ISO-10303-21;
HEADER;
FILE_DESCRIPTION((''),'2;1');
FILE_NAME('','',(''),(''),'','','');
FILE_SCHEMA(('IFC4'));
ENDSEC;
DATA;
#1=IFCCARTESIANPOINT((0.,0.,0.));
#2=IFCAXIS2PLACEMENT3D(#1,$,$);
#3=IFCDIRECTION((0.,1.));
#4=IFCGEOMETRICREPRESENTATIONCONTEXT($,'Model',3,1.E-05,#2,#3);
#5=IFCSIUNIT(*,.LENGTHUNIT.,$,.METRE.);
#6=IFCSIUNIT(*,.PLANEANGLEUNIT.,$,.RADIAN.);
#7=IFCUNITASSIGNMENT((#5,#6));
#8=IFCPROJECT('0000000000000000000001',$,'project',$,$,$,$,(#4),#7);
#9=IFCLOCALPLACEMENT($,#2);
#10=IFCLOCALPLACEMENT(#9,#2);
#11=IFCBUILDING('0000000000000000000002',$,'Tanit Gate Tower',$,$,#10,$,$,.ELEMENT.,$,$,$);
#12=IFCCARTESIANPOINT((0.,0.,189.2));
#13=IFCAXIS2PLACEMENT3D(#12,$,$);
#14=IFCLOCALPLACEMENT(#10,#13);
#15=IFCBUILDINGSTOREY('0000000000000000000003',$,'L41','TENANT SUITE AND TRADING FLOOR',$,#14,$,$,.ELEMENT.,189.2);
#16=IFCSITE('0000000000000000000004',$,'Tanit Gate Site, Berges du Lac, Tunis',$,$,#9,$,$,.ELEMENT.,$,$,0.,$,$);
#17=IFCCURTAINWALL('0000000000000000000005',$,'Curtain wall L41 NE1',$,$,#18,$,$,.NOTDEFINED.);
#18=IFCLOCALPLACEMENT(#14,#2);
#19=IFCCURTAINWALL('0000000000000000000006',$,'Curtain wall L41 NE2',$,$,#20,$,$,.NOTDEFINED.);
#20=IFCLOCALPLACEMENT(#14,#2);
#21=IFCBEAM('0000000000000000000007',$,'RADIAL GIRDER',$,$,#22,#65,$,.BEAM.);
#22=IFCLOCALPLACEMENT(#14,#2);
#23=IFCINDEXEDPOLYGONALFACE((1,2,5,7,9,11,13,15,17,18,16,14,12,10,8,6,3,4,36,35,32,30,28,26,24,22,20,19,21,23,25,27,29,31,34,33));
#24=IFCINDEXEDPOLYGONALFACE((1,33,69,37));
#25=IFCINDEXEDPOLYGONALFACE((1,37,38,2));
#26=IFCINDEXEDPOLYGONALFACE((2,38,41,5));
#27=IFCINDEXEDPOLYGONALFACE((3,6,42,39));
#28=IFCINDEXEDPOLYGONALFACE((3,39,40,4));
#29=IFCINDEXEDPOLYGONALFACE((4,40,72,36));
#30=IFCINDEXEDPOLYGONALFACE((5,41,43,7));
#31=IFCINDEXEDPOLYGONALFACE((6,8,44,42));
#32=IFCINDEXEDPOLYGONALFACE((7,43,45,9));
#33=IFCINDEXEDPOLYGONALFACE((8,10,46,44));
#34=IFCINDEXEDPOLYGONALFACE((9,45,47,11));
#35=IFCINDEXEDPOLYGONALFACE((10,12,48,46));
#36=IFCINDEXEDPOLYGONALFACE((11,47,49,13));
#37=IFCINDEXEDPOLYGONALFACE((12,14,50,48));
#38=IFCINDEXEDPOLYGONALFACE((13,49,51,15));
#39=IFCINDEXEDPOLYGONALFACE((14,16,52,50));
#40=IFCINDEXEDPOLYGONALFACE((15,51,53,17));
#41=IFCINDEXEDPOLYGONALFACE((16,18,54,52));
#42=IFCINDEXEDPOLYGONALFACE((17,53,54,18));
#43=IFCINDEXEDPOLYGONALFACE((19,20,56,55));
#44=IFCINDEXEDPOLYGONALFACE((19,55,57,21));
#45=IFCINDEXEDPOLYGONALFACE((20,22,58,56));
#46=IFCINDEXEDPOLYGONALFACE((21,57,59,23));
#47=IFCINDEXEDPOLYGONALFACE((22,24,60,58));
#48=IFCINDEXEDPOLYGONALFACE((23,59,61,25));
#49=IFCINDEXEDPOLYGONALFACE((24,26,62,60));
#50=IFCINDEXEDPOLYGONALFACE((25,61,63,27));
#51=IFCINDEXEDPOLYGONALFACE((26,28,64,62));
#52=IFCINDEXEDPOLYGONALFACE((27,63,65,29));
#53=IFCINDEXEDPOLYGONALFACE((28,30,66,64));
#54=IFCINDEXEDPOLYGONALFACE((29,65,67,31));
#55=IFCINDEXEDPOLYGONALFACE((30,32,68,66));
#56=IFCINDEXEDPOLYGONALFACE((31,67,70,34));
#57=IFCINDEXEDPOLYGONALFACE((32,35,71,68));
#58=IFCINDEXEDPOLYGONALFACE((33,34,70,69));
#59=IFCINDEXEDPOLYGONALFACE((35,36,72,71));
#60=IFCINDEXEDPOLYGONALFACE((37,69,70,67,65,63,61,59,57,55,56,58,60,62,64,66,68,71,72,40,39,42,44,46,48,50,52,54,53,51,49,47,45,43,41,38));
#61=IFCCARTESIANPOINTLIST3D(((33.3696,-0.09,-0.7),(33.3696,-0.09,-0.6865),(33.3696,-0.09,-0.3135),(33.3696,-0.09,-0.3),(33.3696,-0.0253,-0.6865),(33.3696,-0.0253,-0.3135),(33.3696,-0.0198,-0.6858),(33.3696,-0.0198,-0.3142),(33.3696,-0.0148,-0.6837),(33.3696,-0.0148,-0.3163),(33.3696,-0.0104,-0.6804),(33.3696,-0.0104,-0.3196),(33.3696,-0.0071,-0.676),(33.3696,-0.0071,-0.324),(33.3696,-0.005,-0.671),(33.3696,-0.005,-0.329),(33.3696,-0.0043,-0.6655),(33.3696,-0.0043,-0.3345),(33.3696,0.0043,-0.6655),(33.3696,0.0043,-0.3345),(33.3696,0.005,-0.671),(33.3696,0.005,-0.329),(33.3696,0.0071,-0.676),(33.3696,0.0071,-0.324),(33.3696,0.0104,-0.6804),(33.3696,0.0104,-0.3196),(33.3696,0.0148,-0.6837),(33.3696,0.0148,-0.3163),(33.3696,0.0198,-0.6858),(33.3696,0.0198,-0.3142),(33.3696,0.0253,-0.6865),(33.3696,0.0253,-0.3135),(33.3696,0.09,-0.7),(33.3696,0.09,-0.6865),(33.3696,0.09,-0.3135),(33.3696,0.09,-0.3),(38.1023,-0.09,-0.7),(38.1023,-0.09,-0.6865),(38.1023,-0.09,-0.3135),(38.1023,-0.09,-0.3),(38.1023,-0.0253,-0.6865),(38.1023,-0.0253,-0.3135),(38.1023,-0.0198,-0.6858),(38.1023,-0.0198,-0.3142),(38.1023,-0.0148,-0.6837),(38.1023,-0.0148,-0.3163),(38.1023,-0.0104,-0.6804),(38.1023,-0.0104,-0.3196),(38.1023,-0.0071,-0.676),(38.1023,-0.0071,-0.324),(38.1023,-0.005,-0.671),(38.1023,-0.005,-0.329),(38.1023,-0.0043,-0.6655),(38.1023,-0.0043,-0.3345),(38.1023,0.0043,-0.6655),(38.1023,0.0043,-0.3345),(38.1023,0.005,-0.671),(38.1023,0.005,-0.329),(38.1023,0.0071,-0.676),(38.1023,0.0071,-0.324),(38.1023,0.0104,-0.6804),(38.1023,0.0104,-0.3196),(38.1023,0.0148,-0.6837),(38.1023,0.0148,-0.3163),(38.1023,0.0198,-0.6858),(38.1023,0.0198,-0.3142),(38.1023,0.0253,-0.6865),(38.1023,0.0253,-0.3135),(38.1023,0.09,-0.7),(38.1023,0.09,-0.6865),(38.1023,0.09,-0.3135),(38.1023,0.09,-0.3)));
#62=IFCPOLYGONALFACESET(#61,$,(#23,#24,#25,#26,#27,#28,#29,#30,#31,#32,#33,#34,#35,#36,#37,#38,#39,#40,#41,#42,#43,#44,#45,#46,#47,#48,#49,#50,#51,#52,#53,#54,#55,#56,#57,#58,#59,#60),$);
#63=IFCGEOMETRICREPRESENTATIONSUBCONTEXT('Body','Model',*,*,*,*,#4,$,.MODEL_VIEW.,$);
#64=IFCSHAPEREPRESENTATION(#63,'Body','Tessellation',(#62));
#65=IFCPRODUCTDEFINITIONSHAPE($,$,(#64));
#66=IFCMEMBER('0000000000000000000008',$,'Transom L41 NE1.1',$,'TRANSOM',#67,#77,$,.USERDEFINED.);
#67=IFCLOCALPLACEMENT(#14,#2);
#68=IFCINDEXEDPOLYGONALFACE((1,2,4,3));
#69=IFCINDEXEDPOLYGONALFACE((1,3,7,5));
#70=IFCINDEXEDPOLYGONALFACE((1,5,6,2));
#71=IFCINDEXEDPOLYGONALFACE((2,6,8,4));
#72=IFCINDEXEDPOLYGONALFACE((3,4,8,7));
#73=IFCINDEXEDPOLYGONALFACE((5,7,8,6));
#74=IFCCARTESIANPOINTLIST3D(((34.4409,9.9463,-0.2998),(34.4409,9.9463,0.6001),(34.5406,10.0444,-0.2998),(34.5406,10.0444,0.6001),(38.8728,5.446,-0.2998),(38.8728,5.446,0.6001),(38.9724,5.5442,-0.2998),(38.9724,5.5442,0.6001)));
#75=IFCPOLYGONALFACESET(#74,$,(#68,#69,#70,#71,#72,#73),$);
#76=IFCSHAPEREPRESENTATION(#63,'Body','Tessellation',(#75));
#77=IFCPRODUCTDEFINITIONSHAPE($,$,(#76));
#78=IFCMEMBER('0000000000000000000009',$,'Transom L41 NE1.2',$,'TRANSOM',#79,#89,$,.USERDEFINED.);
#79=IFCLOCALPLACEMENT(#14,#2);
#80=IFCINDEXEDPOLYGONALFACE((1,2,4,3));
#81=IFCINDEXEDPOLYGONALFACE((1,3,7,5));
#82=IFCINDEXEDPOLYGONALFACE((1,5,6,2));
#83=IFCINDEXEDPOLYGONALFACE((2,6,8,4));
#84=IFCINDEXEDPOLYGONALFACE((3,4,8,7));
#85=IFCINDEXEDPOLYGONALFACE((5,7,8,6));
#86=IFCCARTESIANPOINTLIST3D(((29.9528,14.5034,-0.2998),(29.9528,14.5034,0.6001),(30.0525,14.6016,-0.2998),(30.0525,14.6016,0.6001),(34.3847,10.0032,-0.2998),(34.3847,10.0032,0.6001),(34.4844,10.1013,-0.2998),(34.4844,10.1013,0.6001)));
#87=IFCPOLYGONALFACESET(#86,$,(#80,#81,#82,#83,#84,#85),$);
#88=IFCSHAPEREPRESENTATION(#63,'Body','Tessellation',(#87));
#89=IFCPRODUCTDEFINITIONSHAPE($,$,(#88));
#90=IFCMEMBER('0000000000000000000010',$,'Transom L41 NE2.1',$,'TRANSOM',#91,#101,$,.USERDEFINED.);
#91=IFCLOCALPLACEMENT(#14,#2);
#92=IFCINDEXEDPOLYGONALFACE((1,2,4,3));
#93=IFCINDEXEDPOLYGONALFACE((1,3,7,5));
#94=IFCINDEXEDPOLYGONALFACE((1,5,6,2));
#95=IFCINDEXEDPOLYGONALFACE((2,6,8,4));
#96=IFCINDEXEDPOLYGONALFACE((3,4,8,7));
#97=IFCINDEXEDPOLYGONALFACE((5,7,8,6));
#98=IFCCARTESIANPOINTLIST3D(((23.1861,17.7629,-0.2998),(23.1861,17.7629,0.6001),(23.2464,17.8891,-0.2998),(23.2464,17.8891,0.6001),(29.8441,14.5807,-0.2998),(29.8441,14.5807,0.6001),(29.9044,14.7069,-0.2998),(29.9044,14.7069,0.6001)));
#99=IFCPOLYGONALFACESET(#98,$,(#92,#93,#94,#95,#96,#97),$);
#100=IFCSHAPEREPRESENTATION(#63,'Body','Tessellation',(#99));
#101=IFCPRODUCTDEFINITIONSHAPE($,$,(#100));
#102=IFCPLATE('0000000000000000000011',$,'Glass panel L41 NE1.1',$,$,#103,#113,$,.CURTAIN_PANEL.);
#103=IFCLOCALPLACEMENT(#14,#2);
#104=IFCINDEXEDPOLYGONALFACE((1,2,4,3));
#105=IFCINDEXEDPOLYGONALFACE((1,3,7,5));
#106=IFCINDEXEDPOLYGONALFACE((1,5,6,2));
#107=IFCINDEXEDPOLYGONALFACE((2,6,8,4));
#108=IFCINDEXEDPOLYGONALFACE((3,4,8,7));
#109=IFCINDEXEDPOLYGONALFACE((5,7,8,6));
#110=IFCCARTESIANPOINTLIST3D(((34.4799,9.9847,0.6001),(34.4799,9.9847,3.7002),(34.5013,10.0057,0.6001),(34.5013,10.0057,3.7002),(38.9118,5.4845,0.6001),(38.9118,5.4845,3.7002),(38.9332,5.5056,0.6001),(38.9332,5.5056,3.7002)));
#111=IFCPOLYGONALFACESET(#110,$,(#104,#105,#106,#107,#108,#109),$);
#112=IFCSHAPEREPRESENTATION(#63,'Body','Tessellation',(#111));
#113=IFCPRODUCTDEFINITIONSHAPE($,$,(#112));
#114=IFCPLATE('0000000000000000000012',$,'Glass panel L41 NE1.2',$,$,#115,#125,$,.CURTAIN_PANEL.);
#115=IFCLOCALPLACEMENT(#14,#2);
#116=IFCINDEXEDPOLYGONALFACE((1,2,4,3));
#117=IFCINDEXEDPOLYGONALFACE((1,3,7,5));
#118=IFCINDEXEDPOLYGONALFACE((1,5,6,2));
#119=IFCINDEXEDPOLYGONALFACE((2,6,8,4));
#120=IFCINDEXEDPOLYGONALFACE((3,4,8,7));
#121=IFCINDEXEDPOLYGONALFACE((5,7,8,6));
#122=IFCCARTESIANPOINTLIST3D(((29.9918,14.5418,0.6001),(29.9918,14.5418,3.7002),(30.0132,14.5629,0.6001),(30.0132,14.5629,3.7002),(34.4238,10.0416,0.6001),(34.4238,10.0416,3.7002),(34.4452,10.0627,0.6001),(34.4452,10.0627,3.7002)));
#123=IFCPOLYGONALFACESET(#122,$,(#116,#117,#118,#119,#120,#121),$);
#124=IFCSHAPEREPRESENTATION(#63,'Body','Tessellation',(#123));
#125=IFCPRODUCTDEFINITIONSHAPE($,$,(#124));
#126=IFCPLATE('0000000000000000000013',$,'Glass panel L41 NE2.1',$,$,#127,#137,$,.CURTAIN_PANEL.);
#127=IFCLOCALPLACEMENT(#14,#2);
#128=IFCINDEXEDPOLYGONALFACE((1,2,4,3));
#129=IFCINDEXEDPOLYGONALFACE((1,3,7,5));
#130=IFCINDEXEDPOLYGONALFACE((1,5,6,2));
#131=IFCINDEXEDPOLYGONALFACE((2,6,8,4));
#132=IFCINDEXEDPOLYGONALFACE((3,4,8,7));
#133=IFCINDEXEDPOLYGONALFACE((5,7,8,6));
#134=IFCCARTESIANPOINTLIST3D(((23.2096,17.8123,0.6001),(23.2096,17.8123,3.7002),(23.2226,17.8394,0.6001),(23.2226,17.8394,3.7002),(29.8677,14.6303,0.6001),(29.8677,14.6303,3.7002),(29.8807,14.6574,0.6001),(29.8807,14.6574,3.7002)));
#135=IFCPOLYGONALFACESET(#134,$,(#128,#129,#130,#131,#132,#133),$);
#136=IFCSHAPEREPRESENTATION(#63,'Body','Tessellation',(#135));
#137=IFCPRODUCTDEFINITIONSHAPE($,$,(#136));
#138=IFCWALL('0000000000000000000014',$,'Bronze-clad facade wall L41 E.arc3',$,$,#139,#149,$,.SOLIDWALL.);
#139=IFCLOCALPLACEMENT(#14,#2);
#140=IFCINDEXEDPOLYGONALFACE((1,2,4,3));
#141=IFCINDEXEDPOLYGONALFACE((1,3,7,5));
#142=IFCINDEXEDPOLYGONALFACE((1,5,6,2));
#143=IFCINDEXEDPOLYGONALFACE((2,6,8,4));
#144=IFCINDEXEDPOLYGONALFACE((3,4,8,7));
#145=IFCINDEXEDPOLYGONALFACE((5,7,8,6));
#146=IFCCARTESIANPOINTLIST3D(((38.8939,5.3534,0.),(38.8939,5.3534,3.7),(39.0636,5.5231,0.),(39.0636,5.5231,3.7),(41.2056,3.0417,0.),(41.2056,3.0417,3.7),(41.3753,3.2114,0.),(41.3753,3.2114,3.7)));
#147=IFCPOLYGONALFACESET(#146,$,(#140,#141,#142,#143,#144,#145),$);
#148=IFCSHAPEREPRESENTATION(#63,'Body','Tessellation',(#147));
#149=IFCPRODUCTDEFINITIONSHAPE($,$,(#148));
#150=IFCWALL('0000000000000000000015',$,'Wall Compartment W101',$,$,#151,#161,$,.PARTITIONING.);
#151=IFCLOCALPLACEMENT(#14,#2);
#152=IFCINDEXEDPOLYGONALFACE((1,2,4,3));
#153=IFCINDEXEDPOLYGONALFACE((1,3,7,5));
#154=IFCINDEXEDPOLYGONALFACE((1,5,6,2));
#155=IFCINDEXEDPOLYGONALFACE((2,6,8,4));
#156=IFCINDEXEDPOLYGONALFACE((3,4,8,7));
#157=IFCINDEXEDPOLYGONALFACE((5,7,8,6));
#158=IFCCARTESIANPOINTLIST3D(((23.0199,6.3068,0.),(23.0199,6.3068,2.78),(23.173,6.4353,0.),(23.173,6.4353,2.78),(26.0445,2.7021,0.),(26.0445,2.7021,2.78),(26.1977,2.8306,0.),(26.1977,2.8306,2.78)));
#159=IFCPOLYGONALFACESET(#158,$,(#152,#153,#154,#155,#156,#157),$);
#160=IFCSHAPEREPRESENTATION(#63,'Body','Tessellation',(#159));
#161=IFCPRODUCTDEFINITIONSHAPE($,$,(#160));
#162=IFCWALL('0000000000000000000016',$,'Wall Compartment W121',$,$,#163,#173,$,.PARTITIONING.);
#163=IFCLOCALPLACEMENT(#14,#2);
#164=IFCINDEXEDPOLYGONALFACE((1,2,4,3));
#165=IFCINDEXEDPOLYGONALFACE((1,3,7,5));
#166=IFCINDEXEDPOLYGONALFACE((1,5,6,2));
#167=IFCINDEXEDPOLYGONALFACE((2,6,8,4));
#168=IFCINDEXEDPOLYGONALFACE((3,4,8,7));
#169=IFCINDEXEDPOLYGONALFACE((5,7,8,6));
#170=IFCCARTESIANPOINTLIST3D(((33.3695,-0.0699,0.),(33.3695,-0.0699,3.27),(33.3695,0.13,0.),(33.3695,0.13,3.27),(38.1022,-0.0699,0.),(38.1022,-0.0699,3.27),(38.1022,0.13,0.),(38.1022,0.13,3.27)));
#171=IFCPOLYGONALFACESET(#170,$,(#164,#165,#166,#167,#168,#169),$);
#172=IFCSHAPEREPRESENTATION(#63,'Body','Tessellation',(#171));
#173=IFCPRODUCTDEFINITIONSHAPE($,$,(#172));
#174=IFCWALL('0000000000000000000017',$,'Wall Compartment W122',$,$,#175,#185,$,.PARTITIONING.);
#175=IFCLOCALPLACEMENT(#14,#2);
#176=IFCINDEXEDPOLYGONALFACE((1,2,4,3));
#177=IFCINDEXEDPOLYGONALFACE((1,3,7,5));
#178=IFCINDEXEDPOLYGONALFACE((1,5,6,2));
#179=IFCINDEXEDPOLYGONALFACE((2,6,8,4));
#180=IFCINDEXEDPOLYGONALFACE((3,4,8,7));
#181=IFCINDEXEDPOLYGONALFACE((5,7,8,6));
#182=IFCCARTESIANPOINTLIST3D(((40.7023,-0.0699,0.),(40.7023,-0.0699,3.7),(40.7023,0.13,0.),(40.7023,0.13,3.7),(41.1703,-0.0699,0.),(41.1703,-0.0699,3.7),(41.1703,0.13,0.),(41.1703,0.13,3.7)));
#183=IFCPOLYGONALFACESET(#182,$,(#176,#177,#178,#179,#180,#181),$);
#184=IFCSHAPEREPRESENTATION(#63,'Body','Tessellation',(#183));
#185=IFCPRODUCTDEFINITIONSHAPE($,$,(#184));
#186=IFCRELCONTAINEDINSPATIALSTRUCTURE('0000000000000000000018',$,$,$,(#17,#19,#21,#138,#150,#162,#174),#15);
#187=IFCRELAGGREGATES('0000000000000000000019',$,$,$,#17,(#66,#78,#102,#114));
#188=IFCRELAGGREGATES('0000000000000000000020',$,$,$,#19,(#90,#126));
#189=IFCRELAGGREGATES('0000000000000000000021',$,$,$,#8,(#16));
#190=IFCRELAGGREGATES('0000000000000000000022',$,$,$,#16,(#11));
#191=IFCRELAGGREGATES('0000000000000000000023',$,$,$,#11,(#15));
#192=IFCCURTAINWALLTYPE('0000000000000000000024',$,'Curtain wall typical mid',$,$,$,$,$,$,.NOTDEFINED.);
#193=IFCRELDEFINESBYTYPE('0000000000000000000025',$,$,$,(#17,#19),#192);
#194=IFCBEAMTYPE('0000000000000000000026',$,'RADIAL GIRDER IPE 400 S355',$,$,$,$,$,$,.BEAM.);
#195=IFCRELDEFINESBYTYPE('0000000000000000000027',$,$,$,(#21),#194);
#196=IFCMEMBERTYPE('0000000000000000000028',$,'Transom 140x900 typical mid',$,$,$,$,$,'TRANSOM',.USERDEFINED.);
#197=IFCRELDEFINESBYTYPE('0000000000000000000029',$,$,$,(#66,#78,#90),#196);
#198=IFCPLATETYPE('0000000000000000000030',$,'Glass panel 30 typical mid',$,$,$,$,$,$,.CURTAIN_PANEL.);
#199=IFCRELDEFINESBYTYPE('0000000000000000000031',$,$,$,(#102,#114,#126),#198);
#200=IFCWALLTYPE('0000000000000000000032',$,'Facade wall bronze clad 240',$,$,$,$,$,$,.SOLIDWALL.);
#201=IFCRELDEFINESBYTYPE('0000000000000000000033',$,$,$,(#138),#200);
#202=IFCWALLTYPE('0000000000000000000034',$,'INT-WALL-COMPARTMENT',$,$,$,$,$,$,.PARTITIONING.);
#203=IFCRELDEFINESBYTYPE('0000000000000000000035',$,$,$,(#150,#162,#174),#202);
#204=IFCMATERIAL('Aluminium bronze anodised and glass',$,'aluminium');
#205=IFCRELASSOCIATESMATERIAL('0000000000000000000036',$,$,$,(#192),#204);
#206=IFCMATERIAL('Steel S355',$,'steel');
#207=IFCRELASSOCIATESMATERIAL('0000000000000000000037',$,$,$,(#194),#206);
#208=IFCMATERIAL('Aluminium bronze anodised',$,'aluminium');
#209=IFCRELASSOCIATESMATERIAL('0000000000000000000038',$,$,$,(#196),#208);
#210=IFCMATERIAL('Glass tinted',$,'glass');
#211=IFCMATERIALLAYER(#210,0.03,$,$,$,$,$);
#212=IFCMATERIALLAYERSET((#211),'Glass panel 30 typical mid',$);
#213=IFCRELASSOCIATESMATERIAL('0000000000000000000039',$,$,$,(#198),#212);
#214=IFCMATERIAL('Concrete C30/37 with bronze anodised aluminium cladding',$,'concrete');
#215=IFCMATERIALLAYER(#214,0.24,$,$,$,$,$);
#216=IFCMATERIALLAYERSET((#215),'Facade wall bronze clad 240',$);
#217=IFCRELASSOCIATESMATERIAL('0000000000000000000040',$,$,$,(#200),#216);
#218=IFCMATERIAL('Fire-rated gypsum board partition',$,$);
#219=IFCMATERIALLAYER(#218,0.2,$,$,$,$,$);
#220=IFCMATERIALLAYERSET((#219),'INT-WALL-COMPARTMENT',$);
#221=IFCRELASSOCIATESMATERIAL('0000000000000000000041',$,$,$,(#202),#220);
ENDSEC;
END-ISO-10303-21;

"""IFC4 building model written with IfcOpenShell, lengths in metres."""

from ifc_helpers import new_model, si_unit, direction, frame, frame_2d, origin, origin_2d, place, context, subcontext, project, spatial, rectangle, i_section, extrude, material, layer, layer_set, material_profile, profile_set, type_object, element, aggregate, save


model = new_model("IFC4")

# Units and contexts
model_context = context("Model", 3, precision=1e-05, world=origin(), true_north=direction((0.0, 1.0)))
body_context = subcontext(model_context, "Body", "Model", "MODEL_VIEW")
ifc_project = project(units=[si_unit("LENGTHUNIT", "METRE"), si_unit("PLANEANGLEUNIT", "RADIAN")], contexts=[model_context])

# Site, building, storey
site_placement = place(None, origin())
site = spatial("IfcSite", under=ifc_project, at=site_placement, Name="Tanit Gate Site, Berges du Lac, Tunis", CompositionType="ELEMENT", RefElevation=0.0)
building_placement = place(site_placement, origin())
building = spatial("IfcBuilding", under=site, at=building_placement, Name="Tanit Gate Tower", CompositionType="ELEMENT")
storey_placement = place(building_placement, frame((0.0, 0.0, 189.2)))
storey = spatial("IfcBuildingStorey", under=building, at=storey_placement, Name="L41", Description="TENANT SUITE AND TRADING FLOOR", CompositionType="ELEMENT", Elevation=189.2)

# Curtain walls
ifc_material_1 = material(Name="Aluminium bronze anodised and glass", Category="aluminium")
curtain_wall_type = type_object("IfcCurtainWallType", Name="Curtain wall typical mid", PredefinedType="NOTDEFINED", material=ifc_material_1)
curtain_wall_1_placement = place(storey_placement, origin())
curtain_wall_1 = element("IfcCurtainWall", 1, at=curtain_wall_1_placement, inside=storey, type_object=curtain_wall_type, Name="Curtain wall L41 NE1", PredefinedType="NOTDEFINED")
curtain_wall_2_placement = place(storey_placement, origin())
curtain_wall_2 = element("IfcCurtainWall", 2, at=curtain_wall_2_placement, inside=storey, type_object=curtain_wall_type, Name="Curtain wall L41 NE2", PredefinedType="NOTDEFINED")

# Beam
ifc_material_2 = material(Name="Steel S355", Category="steel")
ifc_material_profile_1 = material_profile(ifc_material_2, i_section(OverallWidth=0.1799, OverallDepth=0.3999, WebThickness=0.0085, FlangeThickness=0.0134, FilletRadius=0.021, at=origin_2d()), Name="IPE 400")
ifc_profile_set_1 = profile_set([ifc_material_profile_1], Name="Steel S355")
beam_type_1 = type_object("IfcBeamType", Name="RADIAL GIRDER IPE 400 S355", PredefinedType="BEAM", material=ifc_profile_set_1)
beam_1_placement = place(storey_placement, frame((38.1023, 0.0, -0.5), z_axis=(-1.0, 0.0, 0.0), x_axis=(0.0, -1.0, 0.0)))
element("IfcBeam", 3, at=beam_1_placement, inside=storey, type_object=beam_type_1, Name="RADIAL GIRDER", PredefinedType="BEAM", context=body_context, shape_type="SweptSolid", body=[
    extrude(i_section(OverallWidth=0.1799, OverallDepth=0.3999, WebThickness=0.0085, FlangeThickness=0.0134, FilletRadius=0.021, at=origin_2d()), origin(), (0.0, 0.0, 1.0), 4.7327),
])

# Members
ifc_material_3 = material(Name="Aluminium bronze anodised", Category="aluminium")
ifc_material_profile_2 = material_profile(ifc_material_3, rectangle(XDim=0.1399, YDim=0.8999, at=origin_2d()), Name="140x900 bronze transom")
ifc_profile_set_2 = profile_set([ifc_material_profile_2], Name="Aluminium bronze anodised")
member_type_1 = type_object("IfcMemberType", Name="Transom 140x900 typical mid", ElementType="TRANSOM", PredefinedType="USERDEFINED", material=ifc_profile_set_2)
member_1_placement = place(storey_placement, frame((38.9226, 5.4951, 0.1501), z_axis=(-0.701675, 0.712498, 0.0), x_axis=(-0.712498, -0.701675, 0.0)))
member_1 = element("IfcMember", 4, at=member_1_placement, type_object=member_type_1, Name="Transom L41 NE1.1", ObjectType="TRANSOM", PredefinedType="USERDEFINED", context=body_context, shape_type="SweptSolid", body=[
    extrude(rectangle(XDim=0.1399, YDim=0.8999, at=origin_2d()), origin(), (0.0, 0.0, 1.0), 6.3162),
])
member_2_placement = place(storey_placement, frame((34.4346, 10.0522, 0.1501), z_axis=(-0.701675, 0.712498, 0.0), x_axis=(-0.712498, -0.701675, 0.0)))
member_2 = element("IfcMember", 5, at=member_2_placement, type_object=member_type_1, Name="Transom L41 NE1.2", ObjectType="TRANSOM", PredefinedType="USERDEFINED", context=body_context, shape_type="SweptSolid", body=[
    extrude(rectangle(XDim=0.1399, YDim=0.8999, at=origin_2d()), origin(), (0.0, 0.0, 1.0), 6.3162),
])
member_3_placement = place(storey_placement, frame((29.8743, 14.6438, 0.1501), z_axis=(-0.902246, 0.431223, 0.0), x_axis=(-0.431223, -0.902246, 0.0)))
member_3 = element("IfcMember", 6, at=member_3_placement, type_object=member_type_1, Name="Transom L41 NE2.1", ObjectType="TRANSOM", PredefinedType="USERDEFINED", context=body_context, shape_type="SweptSolid", body=[
    extrude(rectangle(XDim=0.1399, YDim=0.8999, at=origin_2d()), origin(), (0.0, 0.0, 1.0), 7.3794),
])

# Plates
ifc_material_4 = material(Name="Glass tinted", Category="glass")
ifc_layer_1 = layer(ifc_material_4, 0.03)
ifc_layer_set_1 = layer_set([ifc_layer_1], Name="Glass panel 30 typical mid")
plate_type = type_object("IfcPlateType", Name="Glass panel 30 typical mid", PredefinedType="CURTAIN_PANEL", material=ifc_layer_set_1)
plate_1_placement = place(storey_placement, frame((36.7065, 7.7451, 0.6001), z_axis=(0.0, 0.0, 1.0), x_axis=(-0.701684, 0.712489, 0.0)))
plate_1 = element("IfcPlate", 7, at=plate_1_placement, type_object=plate_type, Name="Glass panel L41 NE1.1", PredefinedType="CURTAIN_PANEL", context=body_context, shape_type="SweptSolid", body=[
    extrude(rectangle(XDim=6.3162, YDim=0.03, at=origin_2d()), origin(), (0.0, 0.0, 1.0), 3.1001),
])
plate_2_placement = place(storey_placement, frame((32.2185, 12.3022, 0.6001), z_axis=(0.0, 0.0, 1.0), x_axis=(-0.701684, 0.712489, 0.0)))
plate_2 = element("IfcPlate", 8, at=plate_2_placement, type_object=plate_type, Name="Glass panel L41 NE1.2", PredefinedType="CURTAIN_PANEL", context=body_context, shape_type="SweptSolid", body=[
    extrude(rectangle(XDim=6.3162, YDim=0.03, at=origin_2d()), origin(), (0.0, 0.0, 1.0), 3.1001),
])
aggregate(curtain_wall_1, [member_1, member_2, plate_1, plate_2])
plate_3_placement = place(storey_placement, frame((26.5452, 16.2349, 0.6001), z_axis=(0.0, 0.0, 1.0), x_axis=(-0.902258, 0.431197, 0.0)))
plate_3 = element("IfcPlate", 9, at=plate_3_placement, type_object=plate_type, Name="Glass panel L41 NE2.1", PredefinedType="CURTAIN_PANEL", context=body_context, shape_type="SweptSolid", body=[
    extrude(rectangle(XDim=7.3794, YDim=0.03, at=origin_2d()), origin(), (0.0, 0.0, 1.0), 3.1001),
])
aggregate(curtain_wall_2, [member_3, plate_3])

# Walls
ifc_material_5 = material(Name="Concrete C30/37 with bronze anodised aluminium cladding", Category="concrete")
ifc_layer_2 = layer(ifc_material_5, 0.24)
ifc_layer_set_2 = layer_set([ifc_layer_2], Name="Facade wall bronze clad 240")
wall_type_1 = type_object("IfcWallType", Name="Facade wall bronze clad 240", PredefinedType="SOLIDWALL", material=ifc_layer_set_2)
wall_1_placement = place(storey_placement, frame((41.2905, 3.1265, 0.0), z_axis=(0.0, 0.0, 1.0), x_axis=(-0.707107, 0.707107, 0.0)))
element("IfcWall", 10, at=wall_1_placement, inside=storey, type_object=wall_type_1, Name="Bronze-clad facade wall L41 E.arc3", PredefinedType="SOLIDWALL", context=body_context, shape_type="SweptSolid", body=[
    extrude(rectangle(XDim=3.2693, YDim=0.24, at=frame_2d((1.6348, 0.0))), origin(), (0.0, 0.0, 1.0), 3.7),
])
ifc_material_6 = material(Name="Fire-rated gypsum board partition")
ifc_layer_3 = layer(ifc_material_6, 0.2)
ifc_layer_set_3 = layer_set([ifc_layer_3], Name="INT-WALL-COMPARTMENT")
wall_type_2 = type_object("IfcWallType", Name="INT-WALL-COMPARTMENT", PredefinedType="PARTITIONING", material=ifc_layer_set_3)
wall_2_placement = place(storey_placement, frame((26.1211, 2.7664, 0.0), z_axis=(0.0, 0.0, 1.0), x_axis=(-0.642778, 0.766052, 0.0)))
element("IfcWall", 11, at=wall_2_placement, inside=storey, type_object=wall_type_2, Name="Wall Compartment W101", PredefinedType="PARTITIONING", context=body_context, shape_type="SweptSolid", body=[
    extrude(rectangle(XDim=4.7056, YDim=0.2, at=frame_2d((2.3528, 0.0))), origin(), (0.0, 0.0, 1.0), 2.78),
])
wall_3_placement = place(storey_placement, frame((33.3696, 0.03, 0.0), z_axis=(0.0, 0.0, 1.0), x_axis=(1.0, 0.0, 0.0)))
element("IfcWall", 12, at=wall_3_placement, inside=storey, type_object=wall_type_2, Name="Wall Compartment W121", PredefinedType="PARTITIONING", context=body_context, shape_type="SweptSolid", body=[
    extrude(rectangle(XDim=4.7327, YDim=0.2, at=frame_2d((2.3662, 0.0))), origin(), (0.0, 0.0, 1.0), 3.27),
])
wall_4_placement = place(storey_placement, frame((40.7024, 0.03, 0.0), z_axis=(0.0, 0.0, 1.0), x_axis=(1.0, 0.0, 0.0)))
element("IfcWall", 13, at=wall_4_placement, inside=storey, type_object=wall_type_2, Name="Wall Compartment W122", PredefinedType="PARTITIONING", context=body_context, shape_type="SweptSolid", body=[
    extrude(rectangle(XDim=0.468, YDim=0.2, at=frame_2d((0.2339, 0.0))), origin(), (0.0, 0.0, 1.0), 3.7),
])

save(model, "model.ifc")
